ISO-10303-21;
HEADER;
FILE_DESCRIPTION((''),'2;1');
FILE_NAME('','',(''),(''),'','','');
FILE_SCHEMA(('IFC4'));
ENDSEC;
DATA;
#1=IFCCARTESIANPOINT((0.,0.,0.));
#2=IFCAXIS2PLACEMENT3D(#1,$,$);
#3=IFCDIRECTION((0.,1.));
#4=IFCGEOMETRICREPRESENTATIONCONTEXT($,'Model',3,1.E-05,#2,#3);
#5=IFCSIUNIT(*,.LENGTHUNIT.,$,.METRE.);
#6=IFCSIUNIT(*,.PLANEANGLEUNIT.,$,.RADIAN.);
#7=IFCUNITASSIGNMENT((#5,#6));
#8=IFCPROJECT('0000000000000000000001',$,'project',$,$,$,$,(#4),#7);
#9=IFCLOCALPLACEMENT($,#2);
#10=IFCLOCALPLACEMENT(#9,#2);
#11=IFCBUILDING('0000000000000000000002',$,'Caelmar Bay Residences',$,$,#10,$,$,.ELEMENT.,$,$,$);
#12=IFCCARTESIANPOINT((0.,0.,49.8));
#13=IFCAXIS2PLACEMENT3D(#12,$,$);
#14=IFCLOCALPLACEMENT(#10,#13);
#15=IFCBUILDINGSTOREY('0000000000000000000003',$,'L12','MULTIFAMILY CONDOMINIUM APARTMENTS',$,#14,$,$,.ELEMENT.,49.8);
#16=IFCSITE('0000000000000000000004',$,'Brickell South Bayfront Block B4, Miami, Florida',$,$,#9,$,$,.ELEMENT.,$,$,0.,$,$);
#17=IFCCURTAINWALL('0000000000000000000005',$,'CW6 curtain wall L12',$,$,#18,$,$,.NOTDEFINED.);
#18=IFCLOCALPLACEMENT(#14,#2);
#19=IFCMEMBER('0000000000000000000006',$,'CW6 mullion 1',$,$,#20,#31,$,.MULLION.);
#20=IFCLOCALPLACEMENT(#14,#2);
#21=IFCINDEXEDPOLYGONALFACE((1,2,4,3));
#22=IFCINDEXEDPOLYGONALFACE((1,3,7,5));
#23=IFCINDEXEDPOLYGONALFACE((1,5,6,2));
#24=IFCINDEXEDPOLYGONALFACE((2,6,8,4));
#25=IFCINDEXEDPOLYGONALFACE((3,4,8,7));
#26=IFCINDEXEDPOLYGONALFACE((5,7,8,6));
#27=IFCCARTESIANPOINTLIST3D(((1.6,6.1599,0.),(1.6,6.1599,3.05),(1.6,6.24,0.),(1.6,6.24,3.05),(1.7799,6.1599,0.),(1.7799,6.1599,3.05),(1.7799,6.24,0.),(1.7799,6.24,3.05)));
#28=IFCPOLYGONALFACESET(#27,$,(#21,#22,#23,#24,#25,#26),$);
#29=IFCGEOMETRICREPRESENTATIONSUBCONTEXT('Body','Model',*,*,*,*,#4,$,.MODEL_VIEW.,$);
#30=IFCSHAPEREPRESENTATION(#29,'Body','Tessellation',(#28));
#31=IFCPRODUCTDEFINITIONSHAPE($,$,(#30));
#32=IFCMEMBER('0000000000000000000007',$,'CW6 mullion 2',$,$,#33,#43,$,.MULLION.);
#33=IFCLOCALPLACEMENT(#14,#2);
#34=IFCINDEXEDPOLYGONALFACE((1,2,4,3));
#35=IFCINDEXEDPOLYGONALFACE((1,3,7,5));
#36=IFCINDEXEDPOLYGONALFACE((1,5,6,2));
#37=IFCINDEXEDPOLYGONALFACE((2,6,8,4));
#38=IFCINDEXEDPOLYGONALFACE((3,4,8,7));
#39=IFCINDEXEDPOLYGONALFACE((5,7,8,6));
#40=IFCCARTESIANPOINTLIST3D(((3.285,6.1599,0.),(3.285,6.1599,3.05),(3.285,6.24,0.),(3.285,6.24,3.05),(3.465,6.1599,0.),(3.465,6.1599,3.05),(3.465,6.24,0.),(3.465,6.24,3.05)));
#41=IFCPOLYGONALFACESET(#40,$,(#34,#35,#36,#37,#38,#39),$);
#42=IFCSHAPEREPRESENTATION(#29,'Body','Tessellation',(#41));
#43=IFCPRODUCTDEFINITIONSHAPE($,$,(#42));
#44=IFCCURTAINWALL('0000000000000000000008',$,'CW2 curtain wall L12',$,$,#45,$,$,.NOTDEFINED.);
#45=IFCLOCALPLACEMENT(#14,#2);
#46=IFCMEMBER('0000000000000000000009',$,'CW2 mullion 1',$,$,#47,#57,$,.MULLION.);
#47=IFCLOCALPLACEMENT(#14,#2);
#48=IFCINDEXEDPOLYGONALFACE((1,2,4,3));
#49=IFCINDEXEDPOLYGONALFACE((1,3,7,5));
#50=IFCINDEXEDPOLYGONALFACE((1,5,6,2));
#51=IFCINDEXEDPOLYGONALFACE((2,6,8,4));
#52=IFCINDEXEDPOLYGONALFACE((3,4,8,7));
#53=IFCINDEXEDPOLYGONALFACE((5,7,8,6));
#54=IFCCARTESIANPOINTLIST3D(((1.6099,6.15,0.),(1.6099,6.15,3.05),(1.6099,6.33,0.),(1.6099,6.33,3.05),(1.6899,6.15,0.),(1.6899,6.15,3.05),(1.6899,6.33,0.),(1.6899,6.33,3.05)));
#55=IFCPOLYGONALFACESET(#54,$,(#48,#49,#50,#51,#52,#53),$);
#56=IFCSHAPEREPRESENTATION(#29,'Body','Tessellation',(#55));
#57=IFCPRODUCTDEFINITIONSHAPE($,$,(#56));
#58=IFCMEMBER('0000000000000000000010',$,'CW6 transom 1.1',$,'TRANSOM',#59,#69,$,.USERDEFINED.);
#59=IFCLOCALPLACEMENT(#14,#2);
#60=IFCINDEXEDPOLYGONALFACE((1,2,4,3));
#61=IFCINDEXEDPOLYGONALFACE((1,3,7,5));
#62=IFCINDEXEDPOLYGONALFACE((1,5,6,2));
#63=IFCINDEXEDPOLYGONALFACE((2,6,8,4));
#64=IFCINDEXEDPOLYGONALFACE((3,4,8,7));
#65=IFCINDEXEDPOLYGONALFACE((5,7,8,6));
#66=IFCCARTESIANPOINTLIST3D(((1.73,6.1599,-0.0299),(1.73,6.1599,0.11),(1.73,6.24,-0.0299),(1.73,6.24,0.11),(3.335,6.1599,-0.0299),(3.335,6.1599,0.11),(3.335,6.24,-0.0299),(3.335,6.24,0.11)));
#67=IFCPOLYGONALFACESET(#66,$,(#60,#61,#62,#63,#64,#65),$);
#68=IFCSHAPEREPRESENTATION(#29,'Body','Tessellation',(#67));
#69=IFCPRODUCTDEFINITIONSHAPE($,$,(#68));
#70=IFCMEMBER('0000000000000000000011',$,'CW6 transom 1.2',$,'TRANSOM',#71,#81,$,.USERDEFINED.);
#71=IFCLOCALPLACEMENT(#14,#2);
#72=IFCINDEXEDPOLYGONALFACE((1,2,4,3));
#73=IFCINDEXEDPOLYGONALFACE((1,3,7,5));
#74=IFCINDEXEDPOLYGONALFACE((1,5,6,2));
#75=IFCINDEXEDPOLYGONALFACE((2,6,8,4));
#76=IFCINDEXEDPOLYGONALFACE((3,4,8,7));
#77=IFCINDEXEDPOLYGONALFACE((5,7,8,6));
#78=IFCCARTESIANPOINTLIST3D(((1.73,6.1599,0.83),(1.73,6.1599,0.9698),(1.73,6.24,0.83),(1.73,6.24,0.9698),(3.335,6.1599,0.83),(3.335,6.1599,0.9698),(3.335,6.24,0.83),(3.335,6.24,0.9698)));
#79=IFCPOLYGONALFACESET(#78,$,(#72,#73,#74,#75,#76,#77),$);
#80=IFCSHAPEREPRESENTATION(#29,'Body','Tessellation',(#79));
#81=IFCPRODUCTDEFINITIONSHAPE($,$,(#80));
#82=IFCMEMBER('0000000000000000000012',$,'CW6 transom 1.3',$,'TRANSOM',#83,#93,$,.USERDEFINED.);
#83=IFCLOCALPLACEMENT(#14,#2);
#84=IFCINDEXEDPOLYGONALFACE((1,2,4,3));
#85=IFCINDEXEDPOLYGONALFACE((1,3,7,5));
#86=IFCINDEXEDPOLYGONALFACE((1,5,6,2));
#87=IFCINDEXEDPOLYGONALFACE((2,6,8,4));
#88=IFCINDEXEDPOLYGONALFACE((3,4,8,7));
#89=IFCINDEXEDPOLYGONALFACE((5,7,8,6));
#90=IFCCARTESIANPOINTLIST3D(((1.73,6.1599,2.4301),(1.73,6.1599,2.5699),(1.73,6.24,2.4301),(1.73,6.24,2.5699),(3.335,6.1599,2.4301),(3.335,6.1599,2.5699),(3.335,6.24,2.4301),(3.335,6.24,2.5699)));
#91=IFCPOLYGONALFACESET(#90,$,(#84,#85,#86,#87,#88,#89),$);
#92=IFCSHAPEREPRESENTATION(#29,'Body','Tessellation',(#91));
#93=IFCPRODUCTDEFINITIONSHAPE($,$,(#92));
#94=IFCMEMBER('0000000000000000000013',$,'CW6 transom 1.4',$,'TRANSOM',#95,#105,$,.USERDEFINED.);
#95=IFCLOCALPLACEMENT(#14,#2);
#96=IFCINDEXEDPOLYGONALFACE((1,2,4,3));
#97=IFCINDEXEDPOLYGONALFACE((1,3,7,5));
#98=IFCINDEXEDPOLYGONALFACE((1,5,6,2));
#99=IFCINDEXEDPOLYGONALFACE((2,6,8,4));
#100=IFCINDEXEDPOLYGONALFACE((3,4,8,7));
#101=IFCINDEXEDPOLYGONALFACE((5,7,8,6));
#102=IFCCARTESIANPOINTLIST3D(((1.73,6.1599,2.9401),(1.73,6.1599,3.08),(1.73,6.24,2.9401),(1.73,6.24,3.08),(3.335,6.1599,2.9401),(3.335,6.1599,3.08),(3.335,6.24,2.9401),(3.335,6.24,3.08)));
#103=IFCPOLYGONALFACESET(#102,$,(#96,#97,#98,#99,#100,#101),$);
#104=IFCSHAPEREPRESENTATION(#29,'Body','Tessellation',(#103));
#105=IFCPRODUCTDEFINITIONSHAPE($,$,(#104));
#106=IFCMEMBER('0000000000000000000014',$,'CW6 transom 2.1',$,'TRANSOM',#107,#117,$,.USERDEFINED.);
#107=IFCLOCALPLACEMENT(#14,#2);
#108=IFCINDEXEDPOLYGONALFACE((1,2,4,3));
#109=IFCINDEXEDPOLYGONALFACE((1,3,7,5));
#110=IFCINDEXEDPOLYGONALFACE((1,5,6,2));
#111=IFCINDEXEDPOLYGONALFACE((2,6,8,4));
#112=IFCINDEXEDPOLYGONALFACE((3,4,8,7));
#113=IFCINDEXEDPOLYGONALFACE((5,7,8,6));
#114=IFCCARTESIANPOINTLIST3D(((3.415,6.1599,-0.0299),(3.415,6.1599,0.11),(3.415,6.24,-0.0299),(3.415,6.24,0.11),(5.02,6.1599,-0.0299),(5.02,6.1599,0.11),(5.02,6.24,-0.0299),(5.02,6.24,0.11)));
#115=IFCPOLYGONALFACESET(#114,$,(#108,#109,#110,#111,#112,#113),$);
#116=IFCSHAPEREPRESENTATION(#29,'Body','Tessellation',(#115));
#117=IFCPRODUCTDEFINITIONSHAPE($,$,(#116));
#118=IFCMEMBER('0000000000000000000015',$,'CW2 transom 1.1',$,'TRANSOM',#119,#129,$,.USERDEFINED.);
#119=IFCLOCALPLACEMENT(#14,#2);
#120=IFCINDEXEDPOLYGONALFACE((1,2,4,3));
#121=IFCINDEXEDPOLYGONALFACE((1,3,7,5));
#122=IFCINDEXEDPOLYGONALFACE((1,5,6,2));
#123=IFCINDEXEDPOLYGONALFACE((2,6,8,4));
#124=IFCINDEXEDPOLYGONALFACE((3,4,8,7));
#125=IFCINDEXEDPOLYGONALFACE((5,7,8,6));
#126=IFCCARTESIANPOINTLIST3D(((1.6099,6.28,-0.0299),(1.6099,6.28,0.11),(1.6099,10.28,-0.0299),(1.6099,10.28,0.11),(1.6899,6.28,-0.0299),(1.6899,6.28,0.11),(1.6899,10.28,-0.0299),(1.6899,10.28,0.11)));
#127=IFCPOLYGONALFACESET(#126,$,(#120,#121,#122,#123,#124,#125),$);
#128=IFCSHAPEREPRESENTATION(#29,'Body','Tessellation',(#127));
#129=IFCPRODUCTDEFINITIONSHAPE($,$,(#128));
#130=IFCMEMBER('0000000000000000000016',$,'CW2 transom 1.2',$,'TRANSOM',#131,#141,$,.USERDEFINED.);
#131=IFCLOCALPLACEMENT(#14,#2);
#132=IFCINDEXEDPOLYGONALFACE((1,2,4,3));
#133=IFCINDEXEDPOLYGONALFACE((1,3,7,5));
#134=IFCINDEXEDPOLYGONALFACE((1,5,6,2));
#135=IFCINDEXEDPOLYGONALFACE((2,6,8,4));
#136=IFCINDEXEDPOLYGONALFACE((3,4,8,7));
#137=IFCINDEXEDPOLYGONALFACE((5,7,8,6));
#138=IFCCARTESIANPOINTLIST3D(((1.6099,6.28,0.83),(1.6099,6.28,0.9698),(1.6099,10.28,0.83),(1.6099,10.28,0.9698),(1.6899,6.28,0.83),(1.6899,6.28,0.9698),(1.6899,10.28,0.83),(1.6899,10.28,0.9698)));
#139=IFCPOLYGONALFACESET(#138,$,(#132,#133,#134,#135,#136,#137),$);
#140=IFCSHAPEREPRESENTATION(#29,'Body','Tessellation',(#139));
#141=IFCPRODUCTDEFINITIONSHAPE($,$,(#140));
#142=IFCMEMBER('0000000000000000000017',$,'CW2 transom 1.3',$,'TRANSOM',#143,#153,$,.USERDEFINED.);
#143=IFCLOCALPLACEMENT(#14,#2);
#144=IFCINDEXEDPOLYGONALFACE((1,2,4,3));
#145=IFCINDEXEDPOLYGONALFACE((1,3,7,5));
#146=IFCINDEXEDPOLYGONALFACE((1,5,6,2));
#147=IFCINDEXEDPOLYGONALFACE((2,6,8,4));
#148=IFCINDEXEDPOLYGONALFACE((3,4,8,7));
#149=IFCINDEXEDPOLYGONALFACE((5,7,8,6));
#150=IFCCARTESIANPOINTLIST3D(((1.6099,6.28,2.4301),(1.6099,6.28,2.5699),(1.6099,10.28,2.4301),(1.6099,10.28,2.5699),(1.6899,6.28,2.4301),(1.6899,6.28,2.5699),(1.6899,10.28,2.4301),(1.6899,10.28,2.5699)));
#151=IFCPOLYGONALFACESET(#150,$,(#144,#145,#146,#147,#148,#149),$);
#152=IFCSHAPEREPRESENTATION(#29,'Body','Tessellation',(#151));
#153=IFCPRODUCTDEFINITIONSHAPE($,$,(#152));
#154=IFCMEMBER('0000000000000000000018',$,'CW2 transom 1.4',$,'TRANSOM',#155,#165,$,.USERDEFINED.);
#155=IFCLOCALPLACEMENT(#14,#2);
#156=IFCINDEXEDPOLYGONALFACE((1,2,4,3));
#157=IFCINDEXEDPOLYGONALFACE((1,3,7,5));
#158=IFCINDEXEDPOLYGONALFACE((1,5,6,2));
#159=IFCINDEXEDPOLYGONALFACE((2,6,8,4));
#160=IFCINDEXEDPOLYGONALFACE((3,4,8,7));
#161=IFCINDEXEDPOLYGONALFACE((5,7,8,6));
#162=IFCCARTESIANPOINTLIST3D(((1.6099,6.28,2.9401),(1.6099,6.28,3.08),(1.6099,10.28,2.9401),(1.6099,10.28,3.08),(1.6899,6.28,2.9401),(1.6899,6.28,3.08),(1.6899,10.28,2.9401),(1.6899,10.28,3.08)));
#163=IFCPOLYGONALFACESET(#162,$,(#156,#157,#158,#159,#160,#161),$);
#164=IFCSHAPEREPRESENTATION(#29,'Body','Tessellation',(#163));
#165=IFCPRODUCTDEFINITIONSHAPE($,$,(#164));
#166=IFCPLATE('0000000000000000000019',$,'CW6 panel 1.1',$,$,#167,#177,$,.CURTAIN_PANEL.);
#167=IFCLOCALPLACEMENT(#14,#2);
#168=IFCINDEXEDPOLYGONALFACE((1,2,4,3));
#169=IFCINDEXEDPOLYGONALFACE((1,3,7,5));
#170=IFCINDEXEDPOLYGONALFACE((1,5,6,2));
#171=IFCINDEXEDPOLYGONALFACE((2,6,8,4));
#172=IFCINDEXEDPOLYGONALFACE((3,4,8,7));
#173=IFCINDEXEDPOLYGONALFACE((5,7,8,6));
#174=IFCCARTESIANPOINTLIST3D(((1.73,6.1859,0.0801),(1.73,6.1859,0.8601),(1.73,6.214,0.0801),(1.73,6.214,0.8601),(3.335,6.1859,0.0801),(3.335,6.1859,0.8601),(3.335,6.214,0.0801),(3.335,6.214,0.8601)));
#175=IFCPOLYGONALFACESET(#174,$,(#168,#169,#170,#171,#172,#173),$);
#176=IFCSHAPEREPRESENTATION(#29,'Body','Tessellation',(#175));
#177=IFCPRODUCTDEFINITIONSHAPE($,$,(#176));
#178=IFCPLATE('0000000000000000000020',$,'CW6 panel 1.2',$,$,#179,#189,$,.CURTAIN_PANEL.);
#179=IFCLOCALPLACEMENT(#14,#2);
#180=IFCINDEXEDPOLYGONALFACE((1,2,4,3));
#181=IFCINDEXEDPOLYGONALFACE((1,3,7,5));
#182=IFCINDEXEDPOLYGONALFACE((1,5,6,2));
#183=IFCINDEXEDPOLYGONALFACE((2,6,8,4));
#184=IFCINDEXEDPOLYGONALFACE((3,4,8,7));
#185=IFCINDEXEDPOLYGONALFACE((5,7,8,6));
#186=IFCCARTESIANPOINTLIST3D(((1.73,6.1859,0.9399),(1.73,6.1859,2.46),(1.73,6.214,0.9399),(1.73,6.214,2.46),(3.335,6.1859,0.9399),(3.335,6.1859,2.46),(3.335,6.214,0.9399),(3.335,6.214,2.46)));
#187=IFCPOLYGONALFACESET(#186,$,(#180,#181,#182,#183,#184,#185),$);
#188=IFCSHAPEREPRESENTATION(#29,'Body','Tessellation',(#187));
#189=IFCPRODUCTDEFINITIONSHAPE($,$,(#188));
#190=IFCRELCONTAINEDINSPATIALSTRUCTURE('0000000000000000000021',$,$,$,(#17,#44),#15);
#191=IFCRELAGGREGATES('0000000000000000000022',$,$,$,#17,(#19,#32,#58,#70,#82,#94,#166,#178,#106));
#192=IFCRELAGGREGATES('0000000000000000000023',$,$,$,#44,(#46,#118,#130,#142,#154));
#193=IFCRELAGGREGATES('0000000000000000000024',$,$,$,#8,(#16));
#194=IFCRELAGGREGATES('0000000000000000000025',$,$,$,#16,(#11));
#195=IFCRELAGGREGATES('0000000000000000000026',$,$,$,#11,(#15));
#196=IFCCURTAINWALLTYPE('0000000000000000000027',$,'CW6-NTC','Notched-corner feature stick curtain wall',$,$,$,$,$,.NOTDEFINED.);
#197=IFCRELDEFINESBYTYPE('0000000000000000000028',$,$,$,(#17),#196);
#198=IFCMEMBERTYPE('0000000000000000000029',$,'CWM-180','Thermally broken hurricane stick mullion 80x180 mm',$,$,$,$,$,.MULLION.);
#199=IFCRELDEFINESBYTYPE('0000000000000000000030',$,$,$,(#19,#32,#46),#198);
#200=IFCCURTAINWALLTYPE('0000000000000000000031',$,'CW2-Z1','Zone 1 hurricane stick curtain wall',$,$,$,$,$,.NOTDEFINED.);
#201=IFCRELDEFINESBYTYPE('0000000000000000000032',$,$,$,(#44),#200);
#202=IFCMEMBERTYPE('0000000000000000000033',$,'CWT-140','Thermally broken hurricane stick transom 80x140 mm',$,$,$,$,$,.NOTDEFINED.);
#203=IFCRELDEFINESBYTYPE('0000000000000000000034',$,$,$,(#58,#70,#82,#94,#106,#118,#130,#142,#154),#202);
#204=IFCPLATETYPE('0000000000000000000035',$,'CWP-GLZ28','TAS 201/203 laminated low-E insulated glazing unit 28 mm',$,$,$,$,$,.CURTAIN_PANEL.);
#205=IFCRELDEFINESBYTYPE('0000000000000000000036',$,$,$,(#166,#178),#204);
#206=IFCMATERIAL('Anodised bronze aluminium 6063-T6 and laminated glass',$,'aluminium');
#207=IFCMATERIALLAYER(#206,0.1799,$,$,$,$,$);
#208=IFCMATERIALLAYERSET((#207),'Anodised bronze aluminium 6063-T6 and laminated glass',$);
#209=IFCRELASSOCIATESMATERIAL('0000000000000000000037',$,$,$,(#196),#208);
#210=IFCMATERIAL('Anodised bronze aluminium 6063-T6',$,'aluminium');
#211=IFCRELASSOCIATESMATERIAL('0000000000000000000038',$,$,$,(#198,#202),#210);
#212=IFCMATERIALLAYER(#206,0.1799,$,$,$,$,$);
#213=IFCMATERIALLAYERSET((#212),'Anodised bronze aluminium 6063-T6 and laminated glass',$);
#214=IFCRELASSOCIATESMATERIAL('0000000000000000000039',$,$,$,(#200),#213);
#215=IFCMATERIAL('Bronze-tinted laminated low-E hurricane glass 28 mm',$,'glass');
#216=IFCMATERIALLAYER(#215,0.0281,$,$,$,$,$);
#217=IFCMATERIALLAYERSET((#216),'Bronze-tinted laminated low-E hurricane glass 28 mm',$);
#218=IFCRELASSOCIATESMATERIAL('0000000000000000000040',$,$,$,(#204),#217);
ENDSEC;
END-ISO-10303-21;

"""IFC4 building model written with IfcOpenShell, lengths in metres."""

from ifc_helpers import new_model, si_unit, direction, frame, origin, origin_2d, place, context, subcontext, project, spatial, rectangle, extrude, material, layer, layer_set, material_profile, profile_set, type_object, element, aggregate, save


model = new_model("IFC4")

# Units and contexts
model_context = context("Model", 3, precision=1e-05, world=origin(), true_north=direction((0.0, 1.0)))
body_context = subcontext(model_context, "Body", "Model", "MODEL_VIEW")
ifc_project = project(units=[si_unit("LENGTHUNIT", "METRE"), si_unit("PLANEANGLEUNIT", "RADIAN")], contexts=[model_context])

# Site, building, storey
site_placement = place(None, origin())
site = spatial("IfcSite", under=ifc_project, at=site_placement, Name="Brickell South Bayfront Block B4, Miami, Florida", CompositionType="ELEMENT", RefElevation=0.0)
building_placement = place(site_placement, origin())
building = spatial("IfcBuilding", under=site, at=building_placement, Name="Caelmar Bay Residences", CompositionType="ELEMENT")
storey_placement = place(building_placement, frame((0.0, 0.0, 49.8)))
storey = spatial("IfcBuildingStorey", under=building, at=storey_placement, Name="L12", Description="MULTIFAMILY CONDOMINIUM APARTMENTS", CompositionType="ELEMENT", Elevation=49.8)

# Curtain wall, members
ifc_material_1 = material(Name="Anodised bronze aluminium 6063-T6 and laminated glass", Category="aluminium")
ifc_layer_1 = layer(ifc_material_1, 0.1799)
ifc_layer_set_1 = layer_set([ifc_layer_1], Name="Anodised bronze aluminium 6063-T6 and laminated glass")
curtain_wall_type_1 = type_object("IfcCurtainWallType", Name="CW6-NTC", Description="Notched-corner feature stick curtain wall", PredefinedType="NOTDEFINED", material=ifc_layer_set_1)
curtain_wall_1_placement = place(storey_placement, origin())
curtain_wall_1 = element("IfcCurtainWall", 1, at=curtain_wall_1_placement, inside=storey, type_object=curtain_wall_type_1, Name="CW6 curtain wall L12", PredefinedType="NOTDEFINED")
ifc_material_2 = material(Name="Anodised bronze aluminium 6063-T6", Category="aluminium")
ifc_material_profile_1 = material_profile(ifc_material_2, rectangle(XDim=0.0801, YDim=0.1799, at=origin_2d()), Name="CWM-80X180")
ifc_profile_set_1 = profile_set([ifc_material_profile_1], Name="Anodised bronze aluminium 6063-T6")
member_type_1 = type_object("IfcMemberType", Name="CWM-180", Description="Thermally broken hurricane stick mullion 80x180 mm", PredefinedType="MULLION", material=ifc_profile_set_1)
member_1_placement = place(storey_placement, frame((1.6899, 6.2, 0.0), z_axis=(0.0, 0.0, 1.0), x_axis=(0.0, 1.0, 0.0)))
member_1 = element("IfcMember", 2, at=member_1_placement, type_object=member_type_1, Name="CW6 mullion 1", PredefinedType="MULLION", context=body_context, shape_type="SweptSolid", body=[
    extrude(rectangle(XDim=0.0801, YDim=0.1799, at=origin_2d()), origin(), (0.0, 0.0, 1.0), 3.05),
])
member_2_placement = place(storey_placement, frame((3.375, 6.2, 0.0), z_axis=(0.0, 0.0, 1.0), x_axis=(0.0, 1.0, 0.0)))
member_2 = element("IfcMember", 3, at=member_2_placement, type_object=member_type_1, Name="CW6 mullion 2", PredefinedType="MULLION", context=body_context, shape_type="SweptSolid", body=[
    extrude(rectangle(XDim=0.0801, YDim=0.1799, at=origin_2d()), origin(), (0.0, 0.0, 1.0), 3.05),
])

# Curtain wall, member
ifc_layer_2 = layer(ifc_material_1, 0.1799)
ifc_layer_set_2 = layer_set([ifc_layer_2], Name="Anodised bronze aluminium 6063-T6 and laminated glass")
curtain_wall_type_2 = type_object("IfcCurtainWallType", Name="CW2-Z1", Description="Zone 1 hurricane stick curtain wall", PredefinedType="NOTDEFINED", material=ifc_layer_set_2)
curtain_wall_2_placement = place(storey_placement, origin())
curtain_wall_2 = element("IfcCurtainWall", 4, at=curtain_wall_2_placement, inside=storey, type_object=curtain_wall_type_2, Name="CW2 curtain wall L12", PredefinedType="NOTDEFINED")
member_3_placement = place(storey_placement, frame((1.6499, 6.24, 0.0), z_axis=(0.0, 0.0, 1.0), x_axis=(-1.0, 0.0, 0.0)))
member_3 = element("IfcMember", 5, at=member_3_placement, type_object=member_type_1, Name="CW2 mullion 1", PredefinedType="MULLION", context=body_context, shape_type="SweptSolid", body=[
    extrude(rectangle(XDim=0.0801, YDim=0.1799, at=origin_2d()), origin(), (0.0, 0.0, 1.0), 3.05),
])

# Members
ifc_material_profile_2 = material_profile(ifc_material_2, rectangle(XDim=0.0801, YDim=0.1399, at=origin_2d()), Name="CWT-80X140")
ifc_profile_set_2 = profile_set([ifc_material_profile_2], Name="Anodised bronze aluminium 6063-T6")
member_type_2 = type_object("IfcMemberType", Name="CWT-140", Description="Thermally broken hurricane stick transom 80x140 mm", PredefinedType="NOTDEFINED", material=ifc_profile_set_2)
member_4_placement = place(storey_placement, frame((1.73, 6.2, 0.04), z_axis=(1.0, 0.0, 0.0), x_axis=(0.0, 1.0, 0.0)))
member_4 = element("IfcMember", 6, at=member_4_placement, type_object=member_type_2, Name="CW6 transom 1.1", ObjectType="TRANSOM", PredefinedType="USERDEFINED", context=body_context, shape_type="SweptSolid", body=[
    extrude(rectangle(XDim=0.0801, YDim=0.1399, at=origin_2d()), origin(), (0.0, 0.0, 1.0), 1.605),
])
member_5_placement = place(storey_placement, frame((1.73, 6.2, 0.8999), z_axis=(1.0, 0.0, 0.0), x_axis=(0.0, 1.0, 0.0)))
member_5 = element("IfcMember", 7, at=member_5_placement, type_object=member_type_2, Name="CW6 transom 1.2", ObjectType="TRANSOM", PredefinedType="USERDEFINED", context=body_context, shape_type="SweptSolid", body=[
    extrude(rectangle(XDim=0.0801, YDim=0.1399, at=origin_2d()), origin(), (0.0, 0.0, 1.0), 1.605),
])
member_6_placement = place(storey_placement, frame((1.73, 6.2, 2.5), z_axis=(1.0, 0.0, 0.0), x_axis=(0.0, 1.0, 0.0)))
member_6 = element("IfcMember", 8, at=member_6_placement, type_object=member_type_2, Name="CW6 transom 1.3", ObjectType="TRANSOM", PredefinedType="USERDEFINED", context=body_context, shape_type="SweptSolid", body=[
    extrude(rectangle(XDim=0.0801, YDim=0.1399, at=origin_2d()), origin(), (0.0, 0.0, 1.0), 1.605),
])
member_7_placement = place(storey_placement, frame((1.73, 6.2, 3.01), z_axis=(1.0, 0.0, 0.0), x_axis=(0.0, 1.0, 0.0)))
member_7 = element("IfcMember", 9, at=member_7_placement, type_object=member_type_2, Name="CW6 transom 1.4", ObjectType="TRANSOM", PredefinedType="USERDEFINED", context=body_context, shape_type="SweptSolid", body=[
    extrude(rectangle(XDim=0.0801, YDim=0.1399, at=origin_2d()), origin(), (0.0, 0.0, 1.0), 1.605),
])
member_8_placement = place(storey_placement, frame((3.415, 6.2, 0.04), z_axis=(1.0, 0.0, 0.0), x_axis=(0.0, 1.0, 0.0)))
member_8 = element("IfcMember", 10, at=member_8_placement, type_object=member_type_2, Name="CW6 transom 2.1", ObjectType="TRANSOM", PredefinedType="USERDEFINED", context=body_context, shape_type="SweptSolid", body=[
    extrude(rectangle(XDim=0.0801, YDim=0.1399, at=origin_2d()), origin(), (0.0, 0.0, 1.0), 1.605),
])
member_9_placement = place(storey_placement, frame((1.6499, 6.28, 0.04), z_axis=(0.0, 1.0, 0.0), x_axis=(-1.0, 0.0, 0.0)))
member_9 = element("IfcMember", 11, at=member_9_placement, type_object=member_type_2, Name="CW2 transom 1.1", ObjectType="TRANSOM", PredefinedType="USERDEFINED", context=body_context, shape_type="SweptSolid", body=[
    extrude(rectangle(XDim=0.0801, YDim=0.1399, at=origin_2d()), origin(), (0.0, 0.0, 1.0), 4.0),
])
member_10_placement = place(storey_placement, frame((1.6499, 6.28, 0.8999), z_axis=(0.0, 1.0, 0.0), x_axis=(-1.0, 0.0, 0.0)))
member_10 = element("IfcMember", 12, at=member_10_placement, type_object=member_type_2, Name="CW2 transom 1.2", ObjectType="TRANSOM", PredefinedType="USERDEFINED", context=body_context, shape_type="SweptSolid", body=[
    extrude(rectangle(XDim=0.0801, YDim=0.1399, at=origin_2d()), origin(), (0.0, 0.0, 1.0), 4.0),
])
member_11_placement = place(storey_placement, frame((1.6499, 6.28, 2.5), z_axis=(0.0, 1.0, 0.0), x_axis=(-1.0, 0.0, 0.0)))
member_11 = element("IfcMember", 13, at=member_11_placement, type_object=member_type_2, Name="CW2 transom 1.3", ObjectType="TRANSOM", PredefinedType="USERDEFINED", context=body_context, shape_type="SweptSolid", body=[
    extrude(rectangle(XDim=0.0801, YDim=0.1399, at=origin_2d()), origin(), (0.0, 0.0, 1.0), 4.0),
])
member_12_placement = place(storey_placement, frame((1.6499, 6.28, 3.01), z_axis=(0.0, 1.0, 0.0), x_axis=(-1.0, 0.0, 0.0)))
member_12 = element("IfcMember", 14, at=member_12_placement, type_object=member_type_2, Name="CW2 transom 1.4", ObjectType="TRANSOM", PredefinedType="USERDEFINED", context=body_context, shape_type="SweptSolid", body=[
    extrude(rectangle(XDim=0.0801, YDim=0.1399, at=origin_2d()), origin(), (0.0, 0.0, 1.0), 4.0),
])

# Plates
ifc_material_3 = material(Name="Bronze-tinted laminated low-E hurricane glass 28 mm", Category="glass")
ifc_layer_3 = layer(ifc_material_3, 0.0281)
ifc_layer_set_3 = layer_set([ifc_layer_3], Name="Bronze-tinted laminated low-E hurricane glass 28 mm")
plate_type = type_object("IfcPlateType", Name="CWP-GLZ28", Description="TAS 201/203 laminated low-E insulated glazing unit 28 mm", PredefinedType="CURTAIN_PANEL", material=ifc_layer_set_3)
plate_1_placement = place(storey_placement, frame((2.5325, 6.2, 0.0801), z_axis=(0.0, 0.0, 1.0), x_axis=(1.0, 0.0, 0.0)))
plate_1 = element("IfcPlate", 15, at=plate_1_placement, type_object=plate_type, Name="CW6 panel 1.1", PredefinedType="CURTAIN_PANEL", context=body_context, shape_type="SweptSolid", body=[
    extrude(rectangle(XDim=1.605, YDim=0.0281, at=origin_2d()), origin(), (0.0, 0.0, 1.0), 0.78),
])
plate_2_placement = place(storey_placement, frame((2.5325, 6.2, 0.9399), z_axis=(0.0, 0.0, 1.0), x_axis=(1.0, 0.0, 0.0)))
plate_2 = element("IfcPlate", 16, at=plate_2_placement, type_object=plate_type, Name="CW6 panel 1.2", PredefinedType="CURTAIN_PANEL", context=body_context, shape_type="SweptSolid", body=[
    extrude(rectangle(XDim=1.605, YDim=0.0281, at=origin_2d()), origin(), (0.0, 0.0, 1.0), 1.52),
])
aggregate(curtain_wall_1, [member_1, member_2, member_4, member_5, member_6, member_7, plate_1, plate_2, member_8])
aggregate(curtain_wall_2, [member_3, member_9, member_10, member_11, member_12])

save(model, "model.ifc")
